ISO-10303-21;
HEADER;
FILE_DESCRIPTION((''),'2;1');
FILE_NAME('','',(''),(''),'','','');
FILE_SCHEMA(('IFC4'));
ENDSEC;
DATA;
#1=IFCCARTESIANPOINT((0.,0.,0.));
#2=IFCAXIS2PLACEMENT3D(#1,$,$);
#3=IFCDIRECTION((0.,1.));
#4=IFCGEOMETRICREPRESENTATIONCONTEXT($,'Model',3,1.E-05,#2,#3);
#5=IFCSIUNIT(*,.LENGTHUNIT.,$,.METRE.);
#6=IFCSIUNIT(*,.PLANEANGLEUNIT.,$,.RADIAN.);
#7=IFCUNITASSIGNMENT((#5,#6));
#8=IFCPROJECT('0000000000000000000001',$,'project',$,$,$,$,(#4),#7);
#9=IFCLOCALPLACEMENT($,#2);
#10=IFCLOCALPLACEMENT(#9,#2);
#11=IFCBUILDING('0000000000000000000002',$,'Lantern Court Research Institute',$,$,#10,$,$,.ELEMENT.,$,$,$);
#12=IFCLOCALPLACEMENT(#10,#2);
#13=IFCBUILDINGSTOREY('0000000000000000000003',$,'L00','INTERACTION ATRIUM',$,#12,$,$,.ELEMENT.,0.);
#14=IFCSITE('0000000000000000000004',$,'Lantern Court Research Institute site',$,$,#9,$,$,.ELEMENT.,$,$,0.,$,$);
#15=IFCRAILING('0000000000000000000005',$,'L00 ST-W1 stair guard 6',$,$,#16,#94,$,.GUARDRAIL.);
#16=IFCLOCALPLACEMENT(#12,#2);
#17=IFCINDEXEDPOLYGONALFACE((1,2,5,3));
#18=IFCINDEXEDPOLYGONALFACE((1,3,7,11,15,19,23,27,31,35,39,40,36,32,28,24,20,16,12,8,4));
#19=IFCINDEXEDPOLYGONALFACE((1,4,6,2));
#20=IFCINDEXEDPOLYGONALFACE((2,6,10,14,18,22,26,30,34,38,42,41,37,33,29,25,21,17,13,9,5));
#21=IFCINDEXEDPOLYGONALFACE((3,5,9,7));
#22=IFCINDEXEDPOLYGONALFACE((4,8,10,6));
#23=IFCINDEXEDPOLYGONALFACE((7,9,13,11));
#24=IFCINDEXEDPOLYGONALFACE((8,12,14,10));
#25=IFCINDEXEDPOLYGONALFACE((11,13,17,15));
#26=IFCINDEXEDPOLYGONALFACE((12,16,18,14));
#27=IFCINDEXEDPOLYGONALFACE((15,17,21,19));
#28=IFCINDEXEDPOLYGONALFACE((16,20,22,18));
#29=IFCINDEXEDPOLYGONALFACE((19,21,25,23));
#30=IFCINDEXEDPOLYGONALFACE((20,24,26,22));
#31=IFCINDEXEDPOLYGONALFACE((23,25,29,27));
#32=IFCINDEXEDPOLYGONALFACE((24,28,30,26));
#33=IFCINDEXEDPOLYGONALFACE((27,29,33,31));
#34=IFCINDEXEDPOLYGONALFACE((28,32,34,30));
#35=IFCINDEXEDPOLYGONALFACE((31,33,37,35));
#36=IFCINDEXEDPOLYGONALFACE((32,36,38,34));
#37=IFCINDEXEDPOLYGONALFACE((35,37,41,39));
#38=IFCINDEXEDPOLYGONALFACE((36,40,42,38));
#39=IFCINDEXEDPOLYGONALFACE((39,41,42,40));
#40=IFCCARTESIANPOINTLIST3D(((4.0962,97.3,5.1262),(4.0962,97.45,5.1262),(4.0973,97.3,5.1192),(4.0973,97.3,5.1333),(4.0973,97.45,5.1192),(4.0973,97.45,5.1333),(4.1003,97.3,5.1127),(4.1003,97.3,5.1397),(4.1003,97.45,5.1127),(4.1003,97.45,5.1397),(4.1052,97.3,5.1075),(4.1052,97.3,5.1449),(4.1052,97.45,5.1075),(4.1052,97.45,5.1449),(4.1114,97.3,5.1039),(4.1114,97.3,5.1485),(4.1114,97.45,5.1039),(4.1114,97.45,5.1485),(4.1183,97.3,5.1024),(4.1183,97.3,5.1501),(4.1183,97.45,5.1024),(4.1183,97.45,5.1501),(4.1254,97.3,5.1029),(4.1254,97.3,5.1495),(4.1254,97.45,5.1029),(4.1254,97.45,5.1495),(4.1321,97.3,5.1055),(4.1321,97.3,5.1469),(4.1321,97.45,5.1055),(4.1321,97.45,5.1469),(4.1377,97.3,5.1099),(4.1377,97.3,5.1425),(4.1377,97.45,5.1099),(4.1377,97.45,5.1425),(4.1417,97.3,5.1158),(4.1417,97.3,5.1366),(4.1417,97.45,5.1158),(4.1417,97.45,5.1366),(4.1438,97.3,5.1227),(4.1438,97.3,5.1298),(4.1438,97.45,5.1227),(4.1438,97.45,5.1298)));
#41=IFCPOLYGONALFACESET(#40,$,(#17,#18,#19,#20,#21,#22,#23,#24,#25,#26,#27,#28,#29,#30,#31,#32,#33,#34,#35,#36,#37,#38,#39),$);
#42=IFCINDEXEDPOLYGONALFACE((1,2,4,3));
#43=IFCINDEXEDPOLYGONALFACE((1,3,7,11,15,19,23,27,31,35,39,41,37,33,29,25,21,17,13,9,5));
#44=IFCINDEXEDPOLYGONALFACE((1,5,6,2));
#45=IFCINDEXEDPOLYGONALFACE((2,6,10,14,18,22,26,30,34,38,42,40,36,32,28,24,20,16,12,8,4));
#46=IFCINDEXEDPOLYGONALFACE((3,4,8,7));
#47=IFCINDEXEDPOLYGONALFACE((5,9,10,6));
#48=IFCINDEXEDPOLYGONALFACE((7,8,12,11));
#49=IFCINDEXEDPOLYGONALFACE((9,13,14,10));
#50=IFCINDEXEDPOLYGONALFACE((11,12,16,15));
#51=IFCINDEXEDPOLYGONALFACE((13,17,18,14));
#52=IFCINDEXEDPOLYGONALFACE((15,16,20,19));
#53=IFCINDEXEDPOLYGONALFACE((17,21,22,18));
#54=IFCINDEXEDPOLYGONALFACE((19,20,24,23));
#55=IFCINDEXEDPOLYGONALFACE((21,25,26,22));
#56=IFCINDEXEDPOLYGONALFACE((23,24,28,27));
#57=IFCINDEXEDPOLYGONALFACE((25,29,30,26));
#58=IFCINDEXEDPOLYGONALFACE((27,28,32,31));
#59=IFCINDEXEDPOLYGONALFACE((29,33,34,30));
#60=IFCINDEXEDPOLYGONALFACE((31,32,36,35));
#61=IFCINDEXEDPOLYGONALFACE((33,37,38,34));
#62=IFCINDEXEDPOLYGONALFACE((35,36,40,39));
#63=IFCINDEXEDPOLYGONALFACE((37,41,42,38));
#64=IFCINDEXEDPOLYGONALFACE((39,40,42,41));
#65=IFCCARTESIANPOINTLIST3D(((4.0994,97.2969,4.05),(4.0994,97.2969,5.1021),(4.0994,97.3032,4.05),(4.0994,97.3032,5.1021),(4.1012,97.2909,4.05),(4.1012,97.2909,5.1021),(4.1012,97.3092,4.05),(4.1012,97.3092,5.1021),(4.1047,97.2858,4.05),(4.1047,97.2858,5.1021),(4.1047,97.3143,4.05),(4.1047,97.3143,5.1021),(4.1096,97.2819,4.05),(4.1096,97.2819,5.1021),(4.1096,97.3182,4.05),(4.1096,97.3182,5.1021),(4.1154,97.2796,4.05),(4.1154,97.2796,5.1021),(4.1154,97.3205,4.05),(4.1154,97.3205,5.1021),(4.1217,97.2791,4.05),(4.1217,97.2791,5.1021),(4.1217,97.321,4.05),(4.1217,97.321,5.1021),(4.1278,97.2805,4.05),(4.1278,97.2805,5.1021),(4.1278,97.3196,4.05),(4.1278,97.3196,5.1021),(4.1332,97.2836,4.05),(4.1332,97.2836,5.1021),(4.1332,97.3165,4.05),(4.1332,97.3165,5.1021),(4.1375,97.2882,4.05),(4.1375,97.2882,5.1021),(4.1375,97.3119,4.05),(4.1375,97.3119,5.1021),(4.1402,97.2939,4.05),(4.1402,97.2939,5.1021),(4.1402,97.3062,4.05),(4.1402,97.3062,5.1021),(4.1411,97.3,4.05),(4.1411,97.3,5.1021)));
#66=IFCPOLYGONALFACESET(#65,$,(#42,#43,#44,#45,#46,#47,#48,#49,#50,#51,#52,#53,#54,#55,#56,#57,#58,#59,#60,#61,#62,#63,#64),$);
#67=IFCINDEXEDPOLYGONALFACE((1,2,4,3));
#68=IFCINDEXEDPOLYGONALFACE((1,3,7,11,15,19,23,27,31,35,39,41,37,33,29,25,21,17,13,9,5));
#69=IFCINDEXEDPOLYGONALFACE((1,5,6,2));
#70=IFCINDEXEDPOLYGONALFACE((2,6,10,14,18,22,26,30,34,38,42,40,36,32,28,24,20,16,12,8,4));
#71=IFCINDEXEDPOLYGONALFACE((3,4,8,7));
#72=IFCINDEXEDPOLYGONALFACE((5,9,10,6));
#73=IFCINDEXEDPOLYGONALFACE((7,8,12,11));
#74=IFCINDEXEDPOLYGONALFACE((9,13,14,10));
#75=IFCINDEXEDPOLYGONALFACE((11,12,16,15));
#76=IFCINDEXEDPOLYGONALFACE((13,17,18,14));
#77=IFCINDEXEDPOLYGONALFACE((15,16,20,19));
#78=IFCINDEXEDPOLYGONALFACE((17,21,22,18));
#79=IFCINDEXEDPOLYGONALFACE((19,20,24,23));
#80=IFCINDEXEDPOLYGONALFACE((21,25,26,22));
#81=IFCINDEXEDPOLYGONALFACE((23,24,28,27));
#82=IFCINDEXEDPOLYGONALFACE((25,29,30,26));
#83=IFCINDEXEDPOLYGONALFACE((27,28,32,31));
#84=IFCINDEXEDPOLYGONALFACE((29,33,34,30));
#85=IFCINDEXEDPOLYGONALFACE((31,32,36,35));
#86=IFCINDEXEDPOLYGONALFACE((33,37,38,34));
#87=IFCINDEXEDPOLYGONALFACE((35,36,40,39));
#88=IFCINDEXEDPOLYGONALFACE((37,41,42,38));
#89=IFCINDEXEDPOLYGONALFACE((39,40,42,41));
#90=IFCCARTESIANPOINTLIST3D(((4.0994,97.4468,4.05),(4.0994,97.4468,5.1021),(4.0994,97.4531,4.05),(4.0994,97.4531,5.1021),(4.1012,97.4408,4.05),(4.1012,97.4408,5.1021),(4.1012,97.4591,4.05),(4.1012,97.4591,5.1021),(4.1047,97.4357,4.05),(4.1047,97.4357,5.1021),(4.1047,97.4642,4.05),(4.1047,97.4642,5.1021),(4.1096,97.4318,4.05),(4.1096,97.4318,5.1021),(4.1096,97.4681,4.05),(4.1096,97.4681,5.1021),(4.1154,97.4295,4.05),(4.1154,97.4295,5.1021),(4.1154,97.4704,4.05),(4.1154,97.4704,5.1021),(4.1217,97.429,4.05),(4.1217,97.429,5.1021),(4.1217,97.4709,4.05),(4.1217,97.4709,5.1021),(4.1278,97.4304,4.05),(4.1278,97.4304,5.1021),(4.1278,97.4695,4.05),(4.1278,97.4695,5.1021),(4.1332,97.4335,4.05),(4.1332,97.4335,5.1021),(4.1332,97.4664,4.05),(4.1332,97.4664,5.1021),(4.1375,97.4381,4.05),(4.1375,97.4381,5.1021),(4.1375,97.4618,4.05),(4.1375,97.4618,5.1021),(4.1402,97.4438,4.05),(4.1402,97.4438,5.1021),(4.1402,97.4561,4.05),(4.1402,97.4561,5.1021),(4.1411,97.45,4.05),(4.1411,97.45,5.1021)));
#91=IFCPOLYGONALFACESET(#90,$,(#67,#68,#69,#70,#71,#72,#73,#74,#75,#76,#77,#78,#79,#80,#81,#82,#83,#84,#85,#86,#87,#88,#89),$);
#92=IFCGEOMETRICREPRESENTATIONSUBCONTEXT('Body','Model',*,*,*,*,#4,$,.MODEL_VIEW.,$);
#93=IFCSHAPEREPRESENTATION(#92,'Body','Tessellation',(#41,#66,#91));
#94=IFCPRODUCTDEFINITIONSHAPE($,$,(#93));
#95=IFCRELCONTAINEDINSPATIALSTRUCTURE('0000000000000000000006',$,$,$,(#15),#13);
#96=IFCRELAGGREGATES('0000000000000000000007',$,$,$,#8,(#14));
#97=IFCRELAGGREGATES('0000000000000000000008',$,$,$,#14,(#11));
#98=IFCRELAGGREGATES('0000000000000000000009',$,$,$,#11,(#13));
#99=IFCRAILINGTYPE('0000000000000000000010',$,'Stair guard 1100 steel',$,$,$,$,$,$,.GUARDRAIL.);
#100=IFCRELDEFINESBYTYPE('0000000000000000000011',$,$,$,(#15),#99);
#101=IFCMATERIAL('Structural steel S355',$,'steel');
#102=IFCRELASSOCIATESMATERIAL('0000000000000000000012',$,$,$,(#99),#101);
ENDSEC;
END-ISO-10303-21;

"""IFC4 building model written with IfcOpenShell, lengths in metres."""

from ifc_helpers import new_model, si_unit, direction, frame, origin, origin_2d, place, context, subcontext, project, spatial, circle, extrude, material, type_object, element, save


model = new_model("IFC4")

# Units and contexts
model_context = context("Model", 3, precision=1e-05, world=origin(), true_north=direction((0.0, 1.0)))
body_context = subcontext(model_context, "Body", "Model", "MODEL_VIEW")
ifc_project = project(units=[si_unit("LENGTHUNIT", "METRE"), si_unit("PLANEANGLEUNIT", "RADIAN")], contexts=[model_context])

# Site, building, storey
site_placement = place(None, origin())
site = spatial("IfcSite", under=ifc_project, at=site_placement, Name="Lantern Court Research Institute site", CompositionType="ELEMENT", RefElevation=0.0)
building_placement = place(site_placement, origin())
building = spatial("IfcBuilding", under=site, at=building_placement, Name="Lantern Court Research Institute", CompositionType="ELEMENT")
storey_placement = place(building_placement, origin())
storey = spatial("IfcBuildingStorey", under=building, at=storey_placement, Name="L00", Description="INTERACTION ATRIUM", CompositionType="ELEMENT", Elevation=0.0)

# Railing
ifc_material_1 = material(Name="Structural steel S355", Category="steel")
railing_type_1 = type_object("IfcRailingType", Name="Stair guard 1100 steel", PredefinedType="GUARDRAIL", material=ifc_material_1)
railing_1_placement = place(storey_placement, frame((4.1201, 97.3, 4.05)))
element("IfcRailing", 1, at=railing_1_placement, inside=storey, type_object=railing_type_1, Name="L00 ST-W1 stair guard 6", PredefinedType="GUARDRAIL", context=body_context, shape_type="SweptSolid", body=[
    extrude(circle(Radius=0.0239, at=origin_2d()), frame((0.0, 0.0, 1.0762), z_axis=(0.0, 1.0, 0.0), x_axis=(-1.0, 0.0, 0.0)), (0.0, 0.0, 1.0), 0.1499),
    extrude(circle(Radius=0.021, at=origin_2d()), origin(), (0.0, 0.0, 1.0), 1.052),
    extrude(circle(Radius=0.021, at=origin_2d()), frame((0.0, 0.1499, 0.0)), (0.0, 0.0, 1.0), 1.052),
])

save(model, "model.ifc")
